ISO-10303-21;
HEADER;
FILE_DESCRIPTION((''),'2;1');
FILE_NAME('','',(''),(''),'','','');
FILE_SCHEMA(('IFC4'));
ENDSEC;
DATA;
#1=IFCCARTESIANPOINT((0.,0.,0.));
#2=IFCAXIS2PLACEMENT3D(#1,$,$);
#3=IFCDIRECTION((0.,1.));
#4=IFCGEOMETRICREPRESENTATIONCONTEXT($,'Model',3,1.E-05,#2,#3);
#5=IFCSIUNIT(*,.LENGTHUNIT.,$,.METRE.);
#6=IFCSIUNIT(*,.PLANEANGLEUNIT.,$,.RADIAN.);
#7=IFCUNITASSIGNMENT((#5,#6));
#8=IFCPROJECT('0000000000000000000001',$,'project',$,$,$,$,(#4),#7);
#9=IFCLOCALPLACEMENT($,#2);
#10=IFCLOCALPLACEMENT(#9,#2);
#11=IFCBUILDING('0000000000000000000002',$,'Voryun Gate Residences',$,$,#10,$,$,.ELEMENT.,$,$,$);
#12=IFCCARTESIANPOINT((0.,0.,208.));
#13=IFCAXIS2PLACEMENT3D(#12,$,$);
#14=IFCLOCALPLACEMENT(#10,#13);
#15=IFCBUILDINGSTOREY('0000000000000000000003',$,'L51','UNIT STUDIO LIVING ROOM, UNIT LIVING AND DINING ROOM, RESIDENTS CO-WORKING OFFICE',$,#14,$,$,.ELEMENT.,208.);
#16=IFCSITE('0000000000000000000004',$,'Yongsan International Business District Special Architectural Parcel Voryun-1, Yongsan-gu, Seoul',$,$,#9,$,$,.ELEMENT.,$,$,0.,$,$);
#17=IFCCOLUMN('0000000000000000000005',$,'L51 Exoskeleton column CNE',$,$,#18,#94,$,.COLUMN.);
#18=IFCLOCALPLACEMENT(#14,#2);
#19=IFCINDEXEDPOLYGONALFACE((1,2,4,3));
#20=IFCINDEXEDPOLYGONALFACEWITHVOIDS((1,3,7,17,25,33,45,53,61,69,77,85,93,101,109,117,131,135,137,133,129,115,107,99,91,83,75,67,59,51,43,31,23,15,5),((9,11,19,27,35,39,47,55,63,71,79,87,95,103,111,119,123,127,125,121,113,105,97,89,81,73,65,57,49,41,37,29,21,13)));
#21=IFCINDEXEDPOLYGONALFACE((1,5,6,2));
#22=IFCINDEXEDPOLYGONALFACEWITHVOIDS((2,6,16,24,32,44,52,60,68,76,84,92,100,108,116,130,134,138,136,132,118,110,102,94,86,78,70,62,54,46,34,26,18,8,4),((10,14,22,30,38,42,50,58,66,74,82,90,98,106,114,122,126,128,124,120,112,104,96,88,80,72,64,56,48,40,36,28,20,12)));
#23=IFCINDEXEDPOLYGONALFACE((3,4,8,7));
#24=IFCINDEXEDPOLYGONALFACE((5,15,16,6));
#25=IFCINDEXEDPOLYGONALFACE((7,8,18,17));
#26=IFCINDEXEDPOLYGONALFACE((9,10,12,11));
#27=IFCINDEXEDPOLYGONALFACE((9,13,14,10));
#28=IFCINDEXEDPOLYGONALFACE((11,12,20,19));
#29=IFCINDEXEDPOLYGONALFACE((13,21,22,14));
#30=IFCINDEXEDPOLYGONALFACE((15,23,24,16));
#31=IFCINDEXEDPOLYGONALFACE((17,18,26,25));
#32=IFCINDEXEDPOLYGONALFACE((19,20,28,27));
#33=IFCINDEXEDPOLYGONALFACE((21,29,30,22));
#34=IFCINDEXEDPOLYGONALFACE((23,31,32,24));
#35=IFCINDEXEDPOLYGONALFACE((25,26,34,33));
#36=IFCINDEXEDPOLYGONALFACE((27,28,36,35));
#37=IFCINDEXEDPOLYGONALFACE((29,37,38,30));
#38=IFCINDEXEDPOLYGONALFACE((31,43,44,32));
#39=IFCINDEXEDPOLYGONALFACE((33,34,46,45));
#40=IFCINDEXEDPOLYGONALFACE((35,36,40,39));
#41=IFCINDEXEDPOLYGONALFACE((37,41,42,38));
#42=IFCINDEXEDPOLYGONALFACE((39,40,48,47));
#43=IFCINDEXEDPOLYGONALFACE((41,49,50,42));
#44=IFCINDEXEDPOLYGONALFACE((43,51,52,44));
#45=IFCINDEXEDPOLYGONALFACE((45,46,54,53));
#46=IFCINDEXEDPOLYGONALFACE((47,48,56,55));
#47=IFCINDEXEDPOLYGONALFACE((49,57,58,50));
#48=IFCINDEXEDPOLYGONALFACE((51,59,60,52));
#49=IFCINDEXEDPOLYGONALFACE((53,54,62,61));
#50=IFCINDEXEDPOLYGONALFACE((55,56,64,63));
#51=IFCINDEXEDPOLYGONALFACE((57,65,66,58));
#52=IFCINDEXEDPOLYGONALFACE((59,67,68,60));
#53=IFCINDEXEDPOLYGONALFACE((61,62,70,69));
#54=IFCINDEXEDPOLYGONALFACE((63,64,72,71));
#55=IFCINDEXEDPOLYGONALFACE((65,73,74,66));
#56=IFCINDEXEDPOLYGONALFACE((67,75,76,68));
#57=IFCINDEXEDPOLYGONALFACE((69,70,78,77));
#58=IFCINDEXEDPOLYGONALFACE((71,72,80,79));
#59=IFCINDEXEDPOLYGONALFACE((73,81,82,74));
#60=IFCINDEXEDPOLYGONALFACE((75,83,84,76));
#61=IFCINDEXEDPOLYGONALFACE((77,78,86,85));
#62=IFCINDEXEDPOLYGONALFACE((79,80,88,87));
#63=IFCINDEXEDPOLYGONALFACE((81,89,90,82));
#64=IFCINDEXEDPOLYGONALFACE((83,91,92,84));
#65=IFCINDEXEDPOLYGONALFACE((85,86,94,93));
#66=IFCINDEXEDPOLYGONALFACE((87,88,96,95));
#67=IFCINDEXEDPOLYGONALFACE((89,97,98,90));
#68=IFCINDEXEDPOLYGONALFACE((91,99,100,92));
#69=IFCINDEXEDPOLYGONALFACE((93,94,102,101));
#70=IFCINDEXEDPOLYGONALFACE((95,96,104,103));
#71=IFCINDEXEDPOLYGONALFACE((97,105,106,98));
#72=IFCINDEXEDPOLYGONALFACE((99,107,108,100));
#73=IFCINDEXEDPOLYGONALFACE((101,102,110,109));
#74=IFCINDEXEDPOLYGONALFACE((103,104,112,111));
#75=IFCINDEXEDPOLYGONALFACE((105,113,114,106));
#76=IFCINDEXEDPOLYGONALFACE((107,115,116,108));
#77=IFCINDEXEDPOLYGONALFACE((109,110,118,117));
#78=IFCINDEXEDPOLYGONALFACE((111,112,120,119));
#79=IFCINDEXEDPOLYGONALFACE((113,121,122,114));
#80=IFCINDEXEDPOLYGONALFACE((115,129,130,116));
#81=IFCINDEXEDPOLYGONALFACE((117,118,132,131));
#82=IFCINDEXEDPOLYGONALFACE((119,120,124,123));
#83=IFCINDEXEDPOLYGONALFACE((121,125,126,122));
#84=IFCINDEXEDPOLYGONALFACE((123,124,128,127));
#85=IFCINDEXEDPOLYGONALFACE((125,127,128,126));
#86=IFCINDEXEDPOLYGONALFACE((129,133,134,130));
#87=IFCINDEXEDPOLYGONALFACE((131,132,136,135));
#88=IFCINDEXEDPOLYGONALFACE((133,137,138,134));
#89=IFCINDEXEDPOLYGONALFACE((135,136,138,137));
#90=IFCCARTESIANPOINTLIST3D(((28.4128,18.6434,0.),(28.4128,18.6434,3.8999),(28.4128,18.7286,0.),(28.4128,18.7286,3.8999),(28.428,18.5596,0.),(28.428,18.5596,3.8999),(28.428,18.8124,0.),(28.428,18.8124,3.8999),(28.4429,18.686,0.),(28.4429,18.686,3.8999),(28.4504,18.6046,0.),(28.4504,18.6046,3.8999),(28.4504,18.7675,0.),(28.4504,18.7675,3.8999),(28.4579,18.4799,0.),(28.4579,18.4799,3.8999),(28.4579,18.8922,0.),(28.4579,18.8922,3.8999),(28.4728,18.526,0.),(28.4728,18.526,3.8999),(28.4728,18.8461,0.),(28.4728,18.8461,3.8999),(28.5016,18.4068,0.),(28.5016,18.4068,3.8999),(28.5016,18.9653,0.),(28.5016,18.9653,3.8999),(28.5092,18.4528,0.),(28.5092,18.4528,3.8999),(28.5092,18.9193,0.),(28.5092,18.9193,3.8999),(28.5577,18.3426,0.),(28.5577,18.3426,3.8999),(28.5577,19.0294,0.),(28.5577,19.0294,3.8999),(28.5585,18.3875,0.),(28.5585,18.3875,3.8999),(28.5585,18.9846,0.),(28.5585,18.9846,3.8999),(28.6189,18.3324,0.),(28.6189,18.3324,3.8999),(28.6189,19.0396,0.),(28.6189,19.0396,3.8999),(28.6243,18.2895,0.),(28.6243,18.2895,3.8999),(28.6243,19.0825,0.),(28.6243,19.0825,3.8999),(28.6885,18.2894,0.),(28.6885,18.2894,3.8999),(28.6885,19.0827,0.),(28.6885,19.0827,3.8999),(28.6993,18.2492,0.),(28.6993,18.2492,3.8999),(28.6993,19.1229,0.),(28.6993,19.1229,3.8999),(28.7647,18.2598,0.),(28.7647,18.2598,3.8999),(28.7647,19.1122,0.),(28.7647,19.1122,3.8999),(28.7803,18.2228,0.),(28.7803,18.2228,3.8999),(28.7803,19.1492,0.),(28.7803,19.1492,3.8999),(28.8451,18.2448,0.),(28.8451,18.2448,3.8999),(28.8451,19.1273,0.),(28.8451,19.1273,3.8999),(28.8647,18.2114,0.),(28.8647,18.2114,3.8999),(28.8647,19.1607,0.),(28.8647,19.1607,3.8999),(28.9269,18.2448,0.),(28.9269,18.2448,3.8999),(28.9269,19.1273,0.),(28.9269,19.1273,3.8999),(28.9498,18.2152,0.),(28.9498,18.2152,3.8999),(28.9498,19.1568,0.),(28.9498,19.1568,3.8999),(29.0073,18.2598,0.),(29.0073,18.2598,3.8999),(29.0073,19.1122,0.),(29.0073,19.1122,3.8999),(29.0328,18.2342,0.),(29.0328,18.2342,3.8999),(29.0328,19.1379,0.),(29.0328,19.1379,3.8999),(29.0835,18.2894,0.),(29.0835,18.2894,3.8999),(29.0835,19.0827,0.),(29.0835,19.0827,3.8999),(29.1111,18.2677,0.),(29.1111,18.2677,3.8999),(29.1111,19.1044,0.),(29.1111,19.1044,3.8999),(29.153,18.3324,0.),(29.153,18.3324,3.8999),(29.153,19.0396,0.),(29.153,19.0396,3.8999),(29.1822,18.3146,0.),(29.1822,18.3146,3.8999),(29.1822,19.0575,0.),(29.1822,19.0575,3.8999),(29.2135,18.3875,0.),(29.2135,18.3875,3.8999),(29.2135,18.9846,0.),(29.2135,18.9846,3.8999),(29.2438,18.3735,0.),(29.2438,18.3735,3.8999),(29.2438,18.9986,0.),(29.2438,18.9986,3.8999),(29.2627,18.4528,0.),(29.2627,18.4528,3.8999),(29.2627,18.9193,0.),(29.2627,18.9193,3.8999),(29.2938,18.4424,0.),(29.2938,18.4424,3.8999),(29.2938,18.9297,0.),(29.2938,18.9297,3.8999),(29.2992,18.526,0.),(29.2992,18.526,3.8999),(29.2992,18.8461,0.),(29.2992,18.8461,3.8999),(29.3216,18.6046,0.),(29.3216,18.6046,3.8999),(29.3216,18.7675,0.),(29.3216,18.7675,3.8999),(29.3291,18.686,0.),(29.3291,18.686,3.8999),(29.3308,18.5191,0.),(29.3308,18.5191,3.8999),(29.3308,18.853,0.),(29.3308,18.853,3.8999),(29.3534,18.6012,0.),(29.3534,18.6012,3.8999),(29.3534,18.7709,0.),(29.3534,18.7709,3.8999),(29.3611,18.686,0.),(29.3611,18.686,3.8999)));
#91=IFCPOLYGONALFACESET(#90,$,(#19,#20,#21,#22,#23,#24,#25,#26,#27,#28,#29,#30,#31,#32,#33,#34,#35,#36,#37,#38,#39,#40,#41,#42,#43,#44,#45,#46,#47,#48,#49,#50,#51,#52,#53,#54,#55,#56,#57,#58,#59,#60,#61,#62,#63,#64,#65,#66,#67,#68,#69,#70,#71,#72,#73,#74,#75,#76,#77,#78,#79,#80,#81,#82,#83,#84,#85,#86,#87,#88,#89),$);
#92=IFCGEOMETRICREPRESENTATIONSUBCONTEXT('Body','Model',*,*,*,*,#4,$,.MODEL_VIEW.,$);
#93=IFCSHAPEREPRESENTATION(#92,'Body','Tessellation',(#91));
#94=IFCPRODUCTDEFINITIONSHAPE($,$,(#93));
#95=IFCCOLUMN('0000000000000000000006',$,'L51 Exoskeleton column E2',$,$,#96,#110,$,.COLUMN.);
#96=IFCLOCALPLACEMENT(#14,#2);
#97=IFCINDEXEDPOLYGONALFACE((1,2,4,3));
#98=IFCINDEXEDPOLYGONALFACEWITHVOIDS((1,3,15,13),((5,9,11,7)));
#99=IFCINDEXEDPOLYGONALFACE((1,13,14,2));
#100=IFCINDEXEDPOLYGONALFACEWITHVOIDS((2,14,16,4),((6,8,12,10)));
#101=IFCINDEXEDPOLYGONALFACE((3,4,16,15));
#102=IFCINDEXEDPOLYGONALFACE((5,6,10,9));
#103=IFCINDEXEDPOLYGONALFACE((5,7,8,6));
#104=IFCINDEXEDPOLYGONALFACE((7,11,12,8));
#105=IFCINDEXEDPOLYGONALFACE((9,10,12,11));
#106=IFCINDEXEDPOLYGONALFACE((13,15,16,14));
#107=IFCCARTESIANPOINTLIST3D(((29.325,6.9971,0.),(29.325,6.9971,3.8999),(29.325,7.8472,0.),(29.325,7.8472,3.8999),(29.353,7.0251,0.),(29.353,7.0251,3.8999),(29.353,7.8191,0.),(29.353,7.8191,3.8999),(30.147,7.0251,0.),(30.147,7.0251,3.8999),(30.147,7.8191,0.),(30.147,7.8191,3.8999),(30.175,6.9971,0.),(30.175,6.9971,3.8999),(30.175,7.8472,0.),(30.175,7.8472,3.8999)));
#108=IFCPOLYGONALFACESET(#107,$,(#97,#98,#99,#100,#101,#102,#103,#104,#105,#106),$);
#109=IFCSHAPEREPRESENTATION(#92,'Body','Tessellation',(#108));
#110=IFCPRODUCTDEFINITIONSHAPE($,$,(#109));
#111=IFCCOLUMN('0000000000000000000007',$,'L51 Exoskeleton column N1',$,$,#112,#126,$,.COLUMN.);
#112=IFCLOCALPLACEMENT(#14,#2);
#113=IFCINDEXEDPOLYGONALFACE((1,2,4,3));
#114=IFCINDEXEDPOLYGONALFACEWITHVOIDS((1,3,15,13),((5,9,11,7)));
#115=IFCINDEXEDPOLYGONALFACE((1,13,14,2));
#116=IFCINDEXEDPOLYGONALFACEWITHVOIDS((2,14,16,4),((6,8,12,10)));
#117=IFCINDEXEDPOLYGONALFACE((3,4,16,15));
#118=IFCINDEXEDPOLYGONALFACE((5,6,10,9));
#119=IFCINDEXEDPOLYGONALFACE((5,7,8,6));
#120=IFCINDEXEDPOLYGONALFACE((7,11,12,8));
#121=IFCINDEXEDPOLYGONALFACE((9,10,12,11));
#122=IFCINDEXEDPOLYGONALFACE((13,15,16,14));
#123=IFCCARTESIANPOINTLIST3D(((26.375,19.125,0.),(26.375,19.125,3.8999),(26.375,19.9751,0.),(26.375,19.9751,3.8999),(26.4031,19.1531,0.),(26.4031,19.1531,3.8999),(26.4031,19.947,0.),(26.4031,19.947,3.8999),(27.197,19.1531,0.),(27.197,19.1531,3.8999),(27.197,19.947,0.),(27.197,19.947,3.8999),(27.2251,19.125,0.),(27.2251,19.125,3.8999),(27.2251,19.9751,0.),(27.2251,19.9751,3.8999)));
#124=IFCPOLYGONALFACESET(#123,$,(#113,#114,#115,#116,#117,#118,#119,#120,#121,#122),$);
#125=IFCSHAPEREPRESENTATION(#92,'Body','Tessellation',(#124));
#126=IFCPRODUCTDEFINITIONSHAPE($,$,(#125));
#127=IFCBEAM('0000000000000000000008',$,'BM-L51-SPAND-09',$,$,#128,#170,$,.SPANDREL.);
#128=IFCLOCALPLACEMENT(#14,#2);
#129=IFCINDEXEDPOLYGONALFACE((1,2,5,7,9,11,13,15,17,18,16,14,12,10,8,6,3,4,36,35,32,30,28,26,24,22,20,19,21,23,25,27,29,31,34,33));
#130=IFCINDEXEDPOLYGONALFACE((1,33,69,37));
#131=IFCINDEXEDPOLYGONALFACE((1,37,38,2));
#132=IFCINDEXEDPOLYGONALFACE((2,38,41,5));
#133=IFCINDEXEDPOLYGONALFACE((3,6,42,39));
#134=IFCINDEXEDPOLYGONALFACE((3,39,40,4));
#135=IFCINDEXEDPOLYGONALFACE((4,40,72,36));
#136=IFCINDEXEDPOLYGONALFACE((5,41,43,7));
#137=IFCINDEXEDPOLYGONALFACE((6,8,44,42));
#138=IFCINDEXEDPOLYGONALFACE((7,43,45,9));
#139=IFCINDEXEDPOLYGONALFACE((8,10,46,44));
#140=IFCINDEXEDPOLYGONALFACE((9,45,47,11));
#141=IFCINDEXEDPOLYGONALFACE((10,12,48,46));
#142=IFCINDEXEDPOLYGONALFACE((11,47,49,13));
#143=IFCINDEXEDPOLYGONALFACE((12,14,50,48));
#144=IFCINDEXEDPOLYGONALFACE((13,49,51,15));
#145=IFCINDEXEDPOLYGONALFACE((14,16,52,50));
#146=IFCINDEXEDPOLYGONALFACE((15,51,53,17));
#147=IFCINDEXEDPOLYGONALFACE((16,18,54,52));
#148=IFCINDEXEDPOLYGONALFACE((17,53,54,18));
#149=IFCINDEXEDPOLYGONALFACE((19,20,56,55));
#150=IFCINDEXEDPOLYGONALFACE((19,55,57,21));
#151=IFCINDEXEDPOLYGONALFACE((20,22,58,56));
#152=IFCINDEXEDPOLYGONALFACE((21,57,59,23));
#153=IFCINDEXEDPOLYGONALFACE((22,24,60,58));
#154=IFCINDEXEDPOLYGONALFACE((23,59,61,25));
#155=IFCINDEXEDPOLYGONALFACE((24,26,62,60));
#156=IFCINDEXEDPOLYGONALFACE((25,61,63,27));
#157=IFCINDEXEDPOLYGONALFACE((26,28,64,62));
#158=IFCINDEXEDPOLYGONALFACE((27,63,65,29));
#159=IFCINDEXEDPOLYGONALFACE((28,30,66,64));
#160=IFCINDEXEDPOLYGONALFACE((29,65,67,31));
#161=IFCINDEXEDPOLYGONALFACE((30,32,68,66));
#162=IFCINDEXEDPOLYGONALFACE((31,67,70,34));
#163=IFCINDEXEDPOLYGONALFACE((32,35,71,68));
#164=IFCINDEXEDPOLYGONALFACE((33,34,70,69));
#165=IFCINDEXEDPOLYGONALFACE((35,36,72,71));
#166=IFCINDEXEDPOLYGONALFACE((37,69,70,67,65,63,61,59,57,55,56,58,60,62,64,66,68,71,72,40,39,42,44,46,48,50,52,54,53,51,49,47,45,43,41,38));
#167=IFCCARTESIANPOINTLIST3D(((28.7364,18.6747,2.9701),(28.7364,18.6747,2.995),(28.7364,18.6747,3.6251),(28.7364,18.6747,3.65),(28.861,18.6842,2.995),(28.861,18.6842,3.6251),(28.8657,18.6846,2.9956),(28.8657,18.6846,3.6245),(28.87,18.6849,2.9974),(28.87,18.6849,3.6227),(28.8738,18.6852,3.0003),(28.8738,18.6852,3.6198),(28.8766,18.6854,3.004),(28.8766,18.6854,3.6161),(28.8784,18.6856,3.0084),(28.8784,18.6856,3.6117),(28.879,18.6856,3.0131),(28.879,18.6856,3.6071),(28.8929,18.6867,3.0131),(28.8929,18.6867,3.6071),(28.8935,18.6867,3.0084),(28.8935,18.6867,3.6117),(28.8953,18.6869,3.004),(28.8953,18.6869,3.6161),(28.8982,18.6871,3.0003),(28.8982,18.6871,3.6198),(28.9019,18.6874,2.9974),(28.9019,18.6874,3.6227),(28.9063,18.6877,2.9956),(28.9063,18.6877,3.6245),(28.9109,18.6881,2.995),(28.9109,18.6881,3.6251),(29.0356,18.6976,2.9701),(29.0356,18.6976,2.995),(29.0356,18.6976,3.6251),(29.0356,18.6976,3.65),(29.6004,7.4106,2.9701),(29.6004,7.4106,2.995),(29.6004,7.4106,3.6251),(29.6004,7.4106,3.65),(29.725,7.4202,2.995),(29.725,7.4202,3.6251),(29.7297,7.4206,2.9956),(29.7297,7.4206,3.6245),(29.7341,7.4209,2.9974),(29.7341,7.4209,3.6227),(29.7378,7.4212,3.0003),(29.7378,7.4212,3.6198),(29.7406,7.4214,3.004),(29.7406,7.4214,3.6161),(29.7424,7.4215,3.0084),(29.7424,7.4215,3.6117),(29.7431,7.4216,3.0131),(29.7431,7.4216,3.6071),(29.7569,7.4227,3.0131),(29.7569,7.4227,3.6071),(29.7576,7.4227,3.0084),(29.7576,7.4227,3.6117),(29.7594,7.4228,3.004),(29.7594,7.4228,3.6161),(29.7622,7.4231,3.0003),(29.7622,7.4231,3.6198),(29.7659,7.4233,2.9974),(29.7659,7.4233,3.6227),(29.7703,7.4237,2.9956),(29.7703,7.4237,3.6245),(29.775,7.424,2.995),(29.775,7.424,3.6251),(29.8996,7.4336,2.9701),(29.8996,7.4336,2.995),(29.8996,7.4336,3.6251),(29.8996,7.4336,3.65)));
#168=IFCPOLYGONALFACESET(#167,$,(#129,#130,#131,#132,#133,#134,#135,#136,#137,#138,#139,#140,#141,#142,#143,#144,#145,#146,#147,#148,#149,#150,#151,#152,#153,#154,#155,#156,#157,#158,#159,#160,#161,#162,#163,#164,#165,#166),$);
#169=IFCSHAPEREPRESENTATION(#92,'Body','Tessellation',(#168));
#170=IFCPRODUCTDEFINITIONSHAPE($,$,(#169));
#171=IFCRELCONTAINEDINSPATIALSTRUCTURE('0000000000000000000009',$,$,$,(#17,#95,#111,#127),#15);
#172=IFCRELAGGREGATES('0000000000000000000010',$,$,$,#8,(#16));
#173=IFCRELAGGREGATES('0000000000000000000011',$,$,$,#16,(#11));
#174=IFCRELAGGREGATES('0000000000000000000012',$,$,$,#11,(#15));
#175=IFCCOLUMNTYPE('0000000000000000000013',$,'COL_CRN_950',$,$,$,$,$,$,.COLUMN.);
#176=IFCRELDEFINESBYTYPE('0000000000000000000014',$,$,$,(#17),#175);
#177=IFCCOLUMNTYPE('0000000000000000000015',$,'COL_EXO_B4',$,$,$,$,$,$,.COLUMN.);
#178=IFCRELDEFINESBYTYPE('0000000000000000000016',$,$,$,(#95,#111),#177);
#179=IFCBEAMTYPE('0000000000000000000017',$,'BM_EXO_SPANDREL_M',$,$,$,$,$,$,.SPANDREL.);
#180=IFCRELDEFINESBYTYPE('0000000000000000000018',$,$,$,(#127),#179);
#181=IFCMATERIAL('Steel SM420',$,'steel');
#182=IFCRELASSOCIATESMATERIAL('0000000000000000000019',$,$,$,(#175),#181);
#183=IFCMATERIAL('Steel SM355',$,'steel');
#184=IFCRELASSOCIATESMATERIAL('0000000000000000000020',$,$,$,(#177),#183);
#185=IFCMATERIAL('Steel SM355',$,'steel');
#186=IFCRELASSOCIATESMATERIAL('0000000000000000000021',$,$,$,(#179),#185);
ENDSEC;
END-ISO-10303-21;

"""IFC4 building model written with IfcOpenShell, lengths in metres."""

from ifc_helpers import new_model, si_unit, direction, frame, origin, origin_2d, place, context, subcontext, project, spatial, hollow_rectangle, hollow_circle, i_section, extrude, material, material_profile, profile_set, type_object, element, save


model = new_model("IFC4")

# Units and contexts
model_context = context("Model", 3, precision=1e-05, world=origin(), true_north=direction((0.0, 1.0)))
body_context = subcontext(model_context, "Body", "Model", "MODEL_VIEW")
ifc_project = project(units=[si_unit("LENGTHUNIT", "METRE"), si_unit("PLANEANGLEUNIT", "RADIAN")], contexts=[model_context])

# Site, building, storey
site_placement = place(None, origin())
site = spatial("IfcSite", under=ifc_project, at=site_placement, Name="Yongsan International Business District Special Architectural Parcel Voryun-1, Yongsan-gu, Seoul", CompositionType="ELEMENT", RefElevation=0.0)
building_placement = place(site_placement, origin())
building = spatial("IfcBuilding", under=site, at=building_placement, Name="Voryun Gate Residences", CompositionType="ELEMENT")
storey_placement = place(building_placement, frame((0.0, 0.0, 208.0)))
storey = spatial("IfcBuildingStorey", under=building, at=storey_placement, Name="L51", Description="UNIT STUDIO LIVING ROOM, UNIT LIVING AND DINING ROOM, RESIDENTS CO-WORKING OFFICE", CompositionType="ELEMENT", Elevation=208.0)

# Columns
ifc_material_1 = material(Name="Steel SM420", Category="steel")
ifc_material_profile_1 = material_profile(ifc_material_1, hollow_circle(Radius=0.4751, WallThickness=0.032, at=origin_2d()), Name="CHS-950x32")
ifc_profile_set_1 = profile_set([ifc_material_profile_1], Name="Steel SM420")
column_type_1 = type_object("IfcColumnType", Name="COL_CRN_950", PredefinedType="COLUMN", material=ifc_profile_set_1)
column_placement = place(storey_placement, frame((28.886, 18.686, 0.0), z_axis=(0.0, 0.0, 1.0), x_axis=(1.0, 0.0, 0.0)))
element("IfcColumn", 1, at=column_placement, inside=storey, type_object=column_type_1, Name="L51 Exoskeleton column CNE", PredefinedType="COLUMN", context=body_context, shape_type="SweptSolid", body=[
    extrude(hollow_circle(Radius=0.4751, WallThickness=0.032, at=origin_2d()), origin(), (0.0, 0.0, 1.0), 3.8999),
])
ifc_material_2 = material(Name="Steel SM355", Category="steel")
ifc_material_profile_2 = material_profile(ifc_material_2, hollow_rectangle(XDim=0.8501, YDim=0.8501, WallThickness=0.0281, at=origin_2d()), Name="BOX-850x850x28")
ifc_profile_set_2 = profile_set([ifc_material_profile_2], Name="Steel SM355")
column_type_2 = type_object("IfcColumnType", Name="COL_EXO_B4", PredefinedType="COLUMN", material=ifc_profile_set_2)
for number, where, z_axis, x_axis, name in (
    (2, (29.75, 7.4221, 0.0), (0.0, 0.0, 1.0), (1.0, 0.0, 0.0), "L51 Exoskeleton column E2"),
    (3, (26.8, 19.55, 0.0), (0.0, 0.0, 1.0), (1.0, 0.0, 0.0), "L51 Exoskeleton column N1"),
):
    element("IfcColumn", number, at=place(storey_placement, frame(where, z_axis=z_axis, x_axis=x_axis)), inside=storey, type_object=column_type_2, Name=name, PredefinedType="COLUMN", context=body_context, shape_type="SweptSolid", body=[
        extrude(hollow_rectangle(XDim=0.8501, YDim=0.8501, WallThickness=0.0281, at=origin_2d()), origin(), (0.0, 0.0, 1.0), 3.8999),
    ])

# Beam
ifc_material_3 = material(Name="Steel SM355", Category="steel")
ifc_material_profile_3 = material_profile(ifc_material_3, i_section(OverallWidth=0.3, OverallDepth=0.6799, WebThickness=0.0139, FlangeThickness=0.0249, FilletRadius=0.0181, at=origin_2d()), Name="H-680x300x14x25")
ifc_profile_set_3 = profile_set([ifc_material_profile_3], Name="Steel SM355")
beam_type = type_object("IfcBeamType", Name="BM_EXO_SPANDREL_M", PredefinedType="SPANDREL", material=ifc_profile_set_3)
beam_1_placement = place(storey_placement, frame((29.75, 7.4221, 3.3101), z_axis=(-0.076482, 0.997071, 0.0), x_axis=(-0.997071, -0.076482, 0.0)))
element("IfcBeam", 4, at=beam_1_placement, inside=storey, type_object=beam_type, Name="BM-L51-SPAND-09", PredefinedType="SPANDREL", context=body_context, shape_type="SweptSolid", body=[
    extrude(i_section(OverallWidth=0.3, OverallDepth=0.6799, WebThickness=0.0139, FlangeThickness=0.0249, FilletRadius=0.0181, at=origin_2d()), origin(), (0.0, 0.0, 1.0), 11.2971),
])

save(model, "model.ifc")
